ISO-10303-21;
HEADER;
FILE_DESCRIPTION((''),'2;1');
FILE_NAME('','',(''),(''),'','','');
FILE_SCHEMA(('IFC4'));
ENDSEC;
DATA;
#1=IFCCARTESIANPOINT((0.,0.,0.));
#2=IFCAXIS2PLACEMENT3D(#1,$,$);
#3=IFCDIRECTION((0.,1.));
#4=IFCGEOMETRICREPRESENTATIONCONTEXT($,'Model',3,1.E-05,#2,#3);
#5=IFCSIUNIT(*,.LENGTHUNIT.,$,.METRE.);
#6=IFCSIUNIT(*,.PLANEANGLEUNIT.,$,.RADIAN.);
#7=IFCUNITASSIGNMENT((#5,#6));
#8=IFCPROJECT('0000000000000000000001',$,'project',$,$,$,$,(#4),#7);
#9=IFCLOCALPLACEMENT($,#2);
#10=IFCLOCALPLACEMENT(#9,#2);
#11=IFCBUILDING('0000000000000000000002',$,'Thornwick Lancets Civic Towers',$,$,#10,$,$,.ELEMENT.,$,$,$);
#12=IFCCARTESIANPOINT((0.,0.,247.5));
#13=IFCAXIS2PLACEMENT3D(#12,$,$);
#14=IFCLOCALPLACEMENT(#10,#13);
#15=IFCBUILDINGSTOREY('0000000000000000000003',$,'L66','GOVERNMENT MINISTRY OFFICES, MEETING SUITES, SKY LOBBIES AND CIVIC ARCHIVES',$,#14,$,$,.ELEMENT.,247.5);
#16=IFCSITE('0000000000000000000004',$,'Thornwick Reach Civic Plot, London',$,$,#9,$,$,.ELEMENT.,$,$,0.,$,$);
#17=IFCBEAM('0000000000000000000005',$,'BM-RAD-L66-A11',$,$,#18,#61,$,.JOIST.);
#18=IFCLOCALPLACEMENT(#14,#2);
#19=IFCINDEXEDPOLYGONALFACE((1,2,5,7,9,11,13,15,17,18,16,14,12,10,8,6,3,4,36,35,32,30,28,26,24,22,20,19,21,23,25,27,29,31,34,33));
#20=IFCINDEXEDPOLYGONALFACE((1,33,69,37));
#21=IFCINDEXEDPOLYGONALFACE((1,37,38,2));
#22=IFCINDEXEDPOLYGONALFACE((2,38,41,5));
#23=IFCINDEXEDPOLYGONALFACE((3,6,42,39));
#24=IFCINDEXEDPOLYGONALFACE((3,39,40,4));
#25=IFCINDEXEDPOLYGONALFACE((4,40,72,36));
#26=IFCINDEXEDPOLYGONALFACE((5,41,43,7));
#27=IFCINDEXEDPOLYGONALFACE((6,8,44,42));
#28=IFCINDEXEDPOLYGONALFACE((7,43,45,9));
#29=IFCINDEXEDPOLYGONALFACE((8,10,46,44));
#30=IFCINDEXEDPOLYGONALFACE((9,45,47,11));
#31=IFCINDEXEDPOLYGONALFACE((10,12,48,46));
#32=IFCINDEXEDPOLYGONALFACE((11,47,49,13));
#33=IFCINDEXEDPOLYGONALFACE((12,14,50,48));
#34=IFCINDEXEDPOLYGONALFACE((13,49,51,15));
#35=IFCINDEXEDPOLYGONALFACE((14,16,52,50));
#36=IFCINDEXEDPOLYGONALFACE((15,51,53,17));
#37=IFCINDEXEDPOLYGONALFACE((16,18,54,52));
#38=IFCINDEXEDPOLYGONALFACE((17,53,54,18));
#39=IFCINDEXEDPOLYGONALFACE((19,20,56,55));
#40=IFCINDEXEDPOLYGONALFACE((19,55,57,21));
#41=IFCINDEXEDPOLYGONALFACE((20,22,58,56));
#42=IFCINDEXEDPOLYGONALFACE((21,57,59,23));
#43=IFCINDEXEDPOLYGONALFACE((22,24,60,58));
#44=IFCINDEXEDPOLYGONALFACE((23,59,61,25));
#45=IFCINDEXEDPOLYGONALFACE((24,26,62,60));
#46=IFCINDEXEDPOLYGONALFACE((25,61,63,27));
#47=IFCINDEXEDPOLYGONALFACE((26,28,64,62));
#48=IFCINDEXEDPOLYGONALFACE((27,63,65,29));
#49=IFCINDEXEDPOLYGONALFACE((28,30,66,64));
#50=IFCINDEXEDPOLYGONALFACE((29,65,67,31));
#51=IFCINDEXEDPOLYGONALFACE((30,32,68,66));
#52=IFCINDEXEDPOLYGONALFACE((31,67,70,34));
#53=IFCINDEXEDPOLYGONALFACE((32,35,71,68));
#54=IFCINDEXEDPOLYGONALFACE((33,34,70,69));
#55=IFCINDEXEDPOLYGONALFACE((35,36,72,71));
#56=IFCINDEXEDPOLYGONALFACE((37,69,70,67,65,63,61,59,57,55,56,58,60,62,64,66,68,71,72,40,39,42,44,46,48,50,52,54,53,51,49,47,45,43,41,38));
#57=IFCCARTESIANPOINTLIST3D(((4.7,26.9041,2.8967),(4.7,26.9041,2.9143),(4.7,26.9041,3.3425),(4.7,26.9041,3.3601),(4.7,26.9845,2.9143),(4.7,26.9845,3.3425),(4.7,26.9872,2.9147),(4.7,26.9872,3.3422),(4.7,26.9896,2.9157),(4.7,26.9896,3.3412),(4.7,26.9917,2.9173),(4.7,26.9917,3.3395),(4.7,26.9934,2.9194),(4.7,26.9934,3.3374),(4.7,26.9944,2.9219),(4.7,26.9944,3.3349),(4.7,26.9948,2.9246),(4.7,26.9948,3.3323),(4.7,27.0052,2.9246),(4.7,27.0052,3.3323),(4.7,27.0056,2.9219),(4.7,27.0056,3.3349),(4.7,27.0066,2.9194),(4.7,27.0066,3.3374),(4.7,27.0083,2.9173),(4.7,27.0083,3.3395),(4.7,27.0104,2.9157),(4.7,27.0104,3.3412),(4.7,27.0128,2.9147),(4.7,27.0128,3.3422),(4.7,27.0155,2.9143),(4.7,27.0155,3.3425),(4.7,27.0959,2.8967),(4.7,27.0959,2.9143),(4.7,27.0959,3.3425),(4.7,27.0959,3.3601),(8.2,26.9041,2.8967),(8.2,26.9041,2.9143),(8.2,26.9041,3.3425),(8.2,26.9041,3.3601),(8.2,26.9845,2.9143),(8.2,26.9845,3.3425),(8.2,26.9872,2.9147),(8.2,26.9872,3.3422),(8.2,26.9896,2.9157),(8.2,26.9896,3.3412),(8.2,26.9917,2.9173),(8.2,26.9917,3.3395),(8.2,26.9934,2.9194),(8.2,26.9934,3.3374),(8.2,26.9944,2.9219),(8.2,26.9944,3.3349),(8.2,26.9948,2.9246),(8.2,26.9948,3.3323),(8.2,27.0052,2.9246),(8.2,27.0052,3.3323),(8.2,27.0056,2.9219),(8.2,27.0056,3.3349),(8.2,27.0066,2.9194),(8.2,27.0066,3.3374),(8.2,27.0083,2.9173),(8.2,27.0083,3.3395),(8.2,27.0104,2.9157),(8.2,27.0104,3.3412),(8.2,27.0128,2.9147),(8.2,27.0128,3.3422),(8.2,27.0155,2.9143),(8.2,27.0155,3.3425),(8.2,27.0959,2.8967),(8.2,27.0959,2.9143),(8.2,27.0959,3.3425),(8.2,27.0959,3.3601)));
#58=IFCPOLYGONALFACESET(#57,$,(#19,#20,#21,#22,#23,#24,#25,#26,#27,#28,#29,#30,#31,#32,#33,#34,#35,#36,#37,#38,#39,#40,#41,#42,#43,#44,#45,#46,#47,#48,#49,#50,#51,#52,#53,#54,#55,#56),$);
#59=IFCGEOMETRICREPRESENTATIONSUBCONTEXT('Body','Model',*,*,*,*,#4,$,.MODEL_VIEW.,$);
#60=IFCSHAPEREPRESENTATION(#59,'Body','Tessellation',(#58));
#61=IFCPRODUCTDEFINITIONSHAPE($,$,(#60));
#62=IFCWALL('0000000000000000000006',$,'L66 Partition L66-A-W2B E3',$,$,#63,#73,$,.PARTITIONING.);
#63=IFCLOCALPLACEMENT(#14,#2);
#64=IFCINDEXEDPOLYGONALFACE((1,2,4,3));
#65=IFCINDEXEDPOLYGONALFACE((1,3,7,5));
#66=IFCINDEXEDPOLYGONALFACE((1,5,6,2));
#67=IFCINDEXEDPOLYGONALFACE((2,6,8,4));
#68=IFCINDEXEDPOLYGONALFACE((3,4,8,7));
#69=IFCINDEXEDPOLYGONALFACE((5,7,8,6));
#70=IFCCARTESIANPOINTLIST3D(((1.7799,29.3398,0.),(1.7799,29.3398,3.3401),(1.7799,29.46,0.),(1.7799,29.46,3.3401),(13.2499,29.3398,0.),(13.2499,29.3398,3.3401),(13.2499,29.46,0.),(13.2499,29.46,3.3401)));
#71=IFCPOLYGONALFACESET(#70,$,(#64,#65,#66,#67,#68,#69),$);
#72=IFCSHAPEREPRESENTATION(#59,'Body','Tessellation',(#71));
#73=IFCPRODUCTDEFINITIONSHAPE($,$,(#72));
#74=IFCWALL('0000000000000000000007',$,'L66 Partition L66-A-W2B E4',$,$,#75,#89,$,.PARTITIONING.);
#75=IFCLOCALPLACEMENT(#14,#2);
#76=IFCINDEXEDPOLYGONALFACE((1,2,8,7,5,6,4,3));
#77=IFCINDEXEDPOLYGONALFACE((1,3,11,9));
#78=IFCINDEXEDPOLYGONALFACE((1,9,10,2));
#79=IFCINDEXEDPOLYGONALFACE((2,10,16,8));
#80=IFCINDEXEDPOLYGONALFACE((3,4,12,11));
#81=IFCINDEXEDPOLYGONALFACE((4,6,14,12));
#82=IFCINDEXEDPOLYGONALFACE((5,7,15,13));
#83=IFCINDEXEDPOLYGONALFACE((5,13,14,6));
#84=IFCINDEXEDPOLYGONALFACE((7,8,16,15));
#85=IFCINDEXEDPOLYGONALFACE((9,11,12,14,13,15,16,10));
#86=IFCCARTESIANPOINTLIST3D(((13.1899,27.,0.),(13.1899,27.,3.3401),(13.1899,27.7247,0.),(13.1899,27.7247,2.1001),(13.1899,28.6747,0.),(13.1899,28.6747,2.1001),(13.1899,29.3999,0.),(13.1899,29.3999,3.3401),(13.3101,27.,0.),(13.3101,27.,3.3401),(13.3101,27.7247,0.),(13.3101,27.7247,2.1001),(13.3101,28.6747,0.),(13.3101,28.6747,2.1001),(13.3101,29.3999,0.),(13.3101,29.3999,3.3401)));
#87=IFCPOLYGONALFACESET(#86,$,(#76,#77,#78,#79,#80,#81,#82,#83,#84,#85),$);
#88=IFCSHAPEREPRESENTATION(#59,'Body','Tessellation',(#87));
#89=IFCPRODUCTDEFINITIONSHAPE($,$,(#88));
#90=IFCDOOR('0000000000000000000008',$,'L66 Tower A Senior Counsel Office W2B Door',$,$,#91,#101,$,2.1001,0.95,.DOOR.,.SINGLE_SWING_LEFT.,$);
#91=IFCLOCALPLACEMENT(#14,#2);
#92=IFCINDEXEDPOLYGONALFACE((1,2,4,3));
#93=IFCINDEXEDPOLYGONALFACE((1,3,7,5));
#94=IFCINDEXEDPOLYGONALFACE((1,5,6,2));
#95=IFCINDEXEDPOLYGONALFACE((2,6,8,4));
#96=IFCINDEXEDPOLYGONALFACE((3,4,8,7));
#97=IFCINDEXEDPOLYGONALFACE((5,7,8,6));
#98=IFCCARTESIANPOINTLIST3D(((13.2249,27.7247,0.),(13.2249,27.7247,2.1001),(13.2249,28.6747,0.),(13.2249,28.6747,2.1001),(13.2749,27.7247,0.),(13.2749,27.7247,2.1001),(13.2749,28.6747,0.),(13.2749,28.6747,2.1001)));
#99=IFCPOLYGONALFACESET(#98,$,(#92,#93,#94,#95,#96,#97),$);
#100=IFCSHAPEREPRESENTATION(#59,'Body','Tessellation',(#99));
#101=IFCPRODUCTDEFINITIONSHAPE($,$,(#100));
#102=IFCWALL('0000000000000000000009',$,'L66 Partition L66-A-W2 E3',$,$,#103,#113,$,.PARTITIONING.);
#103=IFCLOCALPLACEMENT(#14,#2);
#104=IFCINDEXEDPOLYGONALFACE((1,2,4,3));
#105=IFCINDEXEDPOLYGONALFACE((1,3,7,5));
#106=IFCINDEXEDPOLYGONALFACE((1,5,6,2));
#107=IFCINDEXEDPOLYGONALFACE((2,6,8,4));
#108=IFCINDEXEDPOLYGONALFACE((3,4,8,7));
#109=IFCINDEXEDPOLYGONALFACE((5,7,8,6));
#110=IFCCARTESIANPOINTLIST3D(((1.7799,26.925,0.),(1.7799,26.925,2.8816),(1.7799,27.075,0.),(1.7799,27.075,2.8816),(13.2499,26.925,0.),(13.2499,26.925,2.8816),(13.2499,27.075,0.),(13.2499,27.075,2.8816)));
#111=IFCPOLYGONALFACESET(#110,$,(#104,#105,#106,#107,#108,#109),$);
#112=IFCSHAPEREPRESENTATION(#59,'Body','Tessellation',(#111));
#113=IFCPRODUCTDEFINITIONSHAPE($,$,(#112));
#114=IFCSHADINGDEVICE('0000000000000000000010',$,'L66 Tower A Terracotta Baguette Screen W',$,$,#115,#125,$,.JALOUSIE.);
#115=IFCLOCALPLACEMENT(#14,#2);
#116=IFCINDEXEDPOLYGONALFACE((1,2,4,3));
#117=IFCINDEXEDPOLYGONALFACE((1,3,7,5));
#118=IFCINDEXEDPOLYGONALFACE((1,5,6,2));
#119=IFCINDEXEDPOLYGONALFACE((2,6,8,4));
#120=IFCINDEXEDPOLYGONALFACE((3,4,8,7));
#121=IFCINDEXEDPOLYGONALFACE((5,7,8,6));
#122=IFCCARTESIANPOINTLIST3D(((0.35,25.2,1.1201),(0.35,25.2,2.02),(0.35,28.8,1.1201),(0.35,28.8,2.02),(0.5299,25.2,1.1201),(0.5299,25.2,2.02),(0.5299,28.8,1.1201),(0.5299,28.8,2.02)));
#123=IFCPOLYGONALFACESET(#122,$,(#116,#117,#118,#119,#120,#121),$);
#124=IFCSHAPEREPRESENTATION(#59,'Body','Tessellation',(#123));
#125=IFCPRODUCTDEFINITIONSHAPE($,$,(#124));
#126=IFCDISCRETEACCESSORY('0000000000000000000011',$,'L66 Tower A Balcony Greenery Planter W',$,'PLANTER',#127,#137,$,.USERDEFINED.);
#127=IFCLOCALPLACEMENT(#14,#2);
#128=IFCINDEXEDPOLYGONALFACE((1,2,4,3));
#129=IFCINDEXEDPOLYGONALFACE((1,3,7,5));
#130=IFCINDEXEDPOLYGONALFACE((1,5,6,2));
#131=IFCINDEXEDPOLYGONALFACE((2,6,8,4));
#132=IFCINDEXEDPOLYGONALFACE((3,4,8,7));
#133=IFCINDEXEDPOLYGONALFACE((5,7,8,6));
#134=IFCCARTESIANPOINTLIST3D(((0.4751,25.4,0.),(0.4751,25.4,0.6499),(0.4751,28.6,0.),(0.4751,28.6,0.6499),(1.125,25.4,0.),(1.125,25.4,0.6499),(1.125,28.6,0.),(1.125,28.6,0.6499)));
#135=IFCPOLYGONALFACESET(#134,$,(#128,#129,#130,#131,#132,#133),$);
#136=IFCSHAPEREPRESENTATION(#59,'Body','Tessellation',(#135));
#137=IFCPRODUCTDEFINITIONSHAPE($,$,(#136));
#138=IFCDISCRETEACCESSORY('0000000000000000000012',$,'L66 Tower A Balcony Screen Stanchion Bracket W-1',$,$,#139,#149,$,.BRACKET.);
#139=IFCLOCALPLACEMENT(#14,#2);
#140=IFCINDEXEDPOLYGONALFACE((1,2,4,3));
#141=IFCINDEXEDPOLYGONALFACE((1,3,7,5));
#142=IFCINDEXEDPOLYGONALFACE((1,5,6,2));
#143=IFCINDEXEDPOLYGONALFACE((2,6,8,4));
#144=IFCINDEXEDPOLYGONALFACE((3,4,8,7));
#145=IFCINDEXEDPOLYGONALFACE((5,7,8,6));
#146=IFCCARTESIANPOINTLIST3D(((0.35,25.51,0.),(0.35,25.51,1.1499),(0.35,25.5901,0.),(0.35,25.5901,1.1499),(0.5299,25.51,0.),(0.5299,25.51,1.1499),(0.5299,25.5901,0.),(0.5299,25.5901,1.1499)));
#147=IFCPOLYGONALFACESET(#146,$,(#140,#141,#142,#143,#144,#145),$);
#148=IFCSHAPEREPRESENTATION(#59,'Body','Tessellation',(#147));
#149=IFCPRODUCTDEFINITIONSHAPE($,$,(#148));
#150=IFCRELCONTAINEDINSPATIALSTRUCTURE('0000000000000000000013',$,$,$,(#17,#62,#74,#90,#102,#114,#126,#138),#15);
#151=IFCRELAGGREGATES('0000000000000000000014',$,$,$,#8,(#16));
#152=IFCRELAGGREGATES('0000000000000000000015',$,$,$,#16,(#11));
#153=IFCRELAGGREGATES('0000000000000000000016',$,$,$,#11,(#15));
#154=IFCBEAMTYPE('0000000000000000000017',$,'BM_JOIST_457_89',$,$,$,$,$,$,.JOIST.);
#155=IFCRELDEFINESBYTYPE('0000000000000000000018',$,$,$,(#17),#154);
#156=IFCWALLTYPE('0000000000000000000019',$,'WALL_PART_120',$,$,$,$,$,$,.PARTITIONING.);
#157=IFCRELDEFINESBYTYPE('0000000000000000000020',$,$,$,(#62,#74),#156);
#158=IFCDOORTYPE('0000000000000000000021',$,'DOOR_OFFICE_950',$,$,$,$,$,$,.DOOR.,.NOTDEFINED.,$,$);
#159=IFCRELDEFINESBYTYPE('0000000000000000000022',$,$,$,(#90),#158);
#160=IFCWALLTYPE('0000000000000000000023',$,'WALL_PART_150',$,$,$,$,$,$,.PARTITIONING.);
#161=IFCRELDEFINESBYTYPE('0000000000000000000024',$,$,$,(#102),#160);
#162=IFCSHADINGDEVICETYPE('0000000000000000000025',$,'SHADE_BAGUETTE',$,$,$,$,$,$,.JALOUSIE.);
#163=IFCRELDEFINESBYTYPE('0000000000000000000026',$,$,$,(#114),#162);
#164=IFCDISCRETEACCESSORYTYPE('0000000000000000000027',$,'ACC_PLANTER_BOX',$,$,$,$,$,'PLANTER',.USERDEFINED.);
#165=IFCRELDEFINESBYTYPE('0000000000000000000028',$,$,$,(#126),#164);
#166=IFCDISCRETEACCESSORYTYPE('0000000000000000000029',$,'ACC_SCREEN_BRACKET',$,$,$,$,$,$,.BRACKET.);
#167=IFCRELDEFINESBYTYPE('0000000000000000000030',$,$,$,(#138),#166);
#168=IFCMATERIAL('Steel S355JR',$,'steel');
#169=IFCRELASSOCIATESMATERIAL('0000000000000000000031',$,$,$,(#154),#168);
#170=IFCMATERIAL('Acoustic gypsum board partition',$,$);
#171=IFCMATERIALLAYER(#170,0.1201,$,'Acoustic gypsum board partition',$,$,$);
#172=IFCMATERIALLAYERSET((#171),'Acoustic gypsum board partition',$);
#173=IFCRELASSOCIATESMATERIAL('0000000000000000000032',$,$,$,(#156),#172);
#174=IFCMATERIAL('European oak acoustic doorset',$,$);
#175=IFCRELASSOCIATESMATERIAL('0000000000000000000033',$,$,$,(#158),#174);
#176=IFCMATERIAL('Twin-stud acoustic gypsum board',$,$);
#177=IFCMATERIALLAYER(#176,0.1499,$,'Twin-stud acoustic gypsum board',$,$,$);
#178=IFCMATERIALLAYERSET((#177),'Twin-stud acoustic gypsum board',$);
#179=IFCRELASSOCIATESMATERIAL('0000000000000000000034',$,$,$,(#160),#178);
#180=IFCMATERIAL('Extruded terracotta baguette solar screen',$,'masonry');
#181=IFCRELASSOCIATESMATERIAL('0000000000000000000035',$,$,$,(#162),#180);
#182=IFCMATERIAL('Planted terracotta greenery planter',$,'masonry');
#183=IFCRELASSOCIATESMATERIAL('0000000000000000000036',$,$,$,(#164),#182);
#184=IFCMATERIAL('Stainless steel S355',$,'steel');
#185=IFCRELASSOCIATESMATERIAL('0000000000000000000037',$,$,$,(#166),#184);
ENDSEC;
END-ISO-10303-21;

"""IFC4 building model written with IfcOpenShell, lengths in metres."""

from ifc_helpers import new_model, si_unit, direction, frame, frame_2d, origin, origin_2d, place, context, subcontext, project, spatial, rectangle, i_section, extrude, material, layer, layer_set, material_profile, profile_set, type_object, element, fill, save


model = new_model("IFC4")

# Units and contexts
model_context = context("Model", 3, precision=1e-05, world=origin(), true_north=direction((0.0, 1.0)))
body_context = subcontext(model_context, "Body", "Model", "MODEL_VIEW")
ifc_project = project(units=[si_unit("LENGTHUNIT", "METRE"), si_unit("PLANEANGLEUNIT", "RADIAN")], contexts=[model_context])

# Site, building, storey
site_placement = place(None, origin())
site = spatial("IfcSite", under=ifc_project, at=site_placement, Name="Thornwick Reach Civic Plot, London", CompositionType="ELEMENT", RefElevation=0.0)
building_placement = place(site_placement, origin())
building = spatial("IfcBuilding", under=site, at=building_placement, Name="Thornwick Lancets Civic Towers", CompositionType="ELEMENT")
storey_placement = place(building_placement, frame((0.0, 0.0, 247.5)))
storey = spatial("IfcBuildingStorey", under=building, at=storey_placement, Name="L66", Description="GOVERNMENT MINISTRY OFFICES, MEETING SUITES, SKY LOBBIES AND CIVIC ARCHIVES", CompositionType="ELEMENT", Elevation=247.5)

# Shared definitions
ifc_material_1 = material(Name="Steel S355JR", Category="steel")

# Beam
ifc_material_profile_1 = material_profile(ifc_material_1, i_section(OverallWidth=0.1919, OverallDepth=0.4634, WebThickness=0.0105, FlangeThickness=0.0176, FilletRadius=0.0103, at=origin_2d()), Name="UKB 457x191x89")
ifc_profile_set_1 = profile_set([ifc_material_profile_1], Name="Steel S355JR")
beam_type_1 = type_object("IfcBeamType", Name="BM_JOIST_457_89", PredefinedType="JOIST", material=ifc_profile_set_1)
beam_1_placement = place(storey_placement, frame((8.2, 27.0, 3.1284), z_axis=(-1.0, 0.0, 0.0), x_axis=(0.0, -1.0, 0.0)))
element("IfcBeam", 1, at=beam_1_placement, inside=storey, type_object=beam_type_1, Name="BM-RAD-L66-A11", PredefinedType="JOIST", context=body_context, shape_type="SweptSolid", body=[
    extrude(i_section(OverallWidth=0.1919, OverallDepth=0.4634, WebThickness=0.0105, FlangeThickness=0.0176, FilletRadius=0.0103, at=origin_2d()), origin(), (0.0, 0.0, 1.0), 3.5),
])

# Wall
ifc_material_2 = material(Name="Acoustic gypsum board partition")
ifc_layer_1 = layer(ifc_material_2, 0.1201, Name="Acoustic gypsum board partition")
ifc_layer_set_1 = layer_set([ifc_layer_1], Name="Acoustic gypsum board partition")
wall_type_1 = type_object("IfcWallType", Name="WALL_PART_120", PredefinedType="PARTITIONING", material=ifc_layer_set_1)
wall_1_placement = place(storey_placement, frame((1.78, 29.3999, 0.0), z_axis=(0.0, 0.0, 1.0), x_axis=(1.0, 0.0, 0.0)))
element("IfcWall", 2, at=wall_1_placement, inside=storey, type_object=wall_type_1, Name="L66 Partition L66-A-W2B E3", PredefinedType="PARTITIONING", context=body_context, shape_type="SweptSolid", body=[
    extrude(rectangle(XDim=11.47, YDim=0.1201, at=frame_2d((5.7349, 0.0))), origin(), (0.0, 0.0, 1.0), 3.3401),
])

# Wall, opening, door
wall_2_placement = place(storey_placement, frame((13.25, 29.3999, 0.0), z_axis=(0.0, 0.0, 1.0), x_axis=(0.0, -1.0, 0.0)))
wall_2 = element("IfcWall", 3, at=wall_2_placement, inside=storey, type_object=wall_type_1, Name="L66 Partition L66-A-W2B E4", PredefinedType="PARTITIONING", context=body_context, shape_type="SweptSolid", body=[
    extrude(rectangle(XDim=2.3999, YDim=0.1201, at=frame_2d((1.2, 0.0))), origin(), (0.0, 0.0, 1.0), 3.3401),
])
opening_1_placement = place(wall_2_placement, frame((0.7251, 0.0, 0.0)))
opening_1 = element("IfcOpeningElement", 4, at=opening_1_placement, cuts=wall_2, PredefinedType="OPENING", context=body_context, shape_type="SweptSolid", body=[
    extrude(rectangle(XDim=0.95, YDim=2.1001, at=frame_2d((0.4751, 1.05))), frame((0.0, 0.0701, 0.0), z_axis=(0.0, -1.0, 0.0), x_axis=(1.0, 0.0, 0.0)), (0.0, 0.0, 1.0), 0.1401),
])
ifc_material_3 = material(Name="European oak acoustic doorset")
door_type_1 = type_object("IfcDoorType", Name="DOOR_OFFICE_950", OperationType="NOTDEFINED", PredefinedType="DOOR", material=ifc_material_3)
door_1_placement = place(opening_1_placement, origin())
door_1 = element("IfcDoor", 5, at=door_1_placement, inside=storey, type_object=door_type_1, Name="L66 Tower A Senior Counsel Office W2B Door", OperationType="SINGLE_SWING_LEFT", OverallHeight=2.1001, OverallWidth=0.95, PredefinedType="DOOR", context=body_context, shape_type="SweptSolid", body=[
    extrude(rectangle(XDim=0.95, YDim=2.1001, at=frame_2d((0.4751, 1.05))), frame((0.0, 0.0249, 0.0), z_axis=(0.0, -1.0, 0.0), x_axis=(1.0, 0.0, 0.0)), (0.0, 0.0, 1.0), 0.05),
])
fill(opening_1, door_1)

# Wall
ifc_material_4 = material(Name="Twin-stud acoustic gypsum board")
ifc_layer_2 = layer(ifc_material_4, 0.1499, Name="Twin-stud acoustic gypsum board")
ifc_layer_set_2 = layer_set([ifc_layer_2], Name="Twin-stud acoustic gypsum board")
wall_type_2 = type_object("IfcWallType", Name="WALL_PART_150", PredefinedType="PARTITIONING", material=ifc_layer_set_2)
wall_3_placement = place(storey_placement, frame((1.78, 27.0, 0.0), z_axis=(0.0, 0.0, 1.0), x_axis=(1.0, 0.0, 0.0)))
element("IfcWall", 6, at=wall_3_placement, inside=storey, type_object=wall_type_2, Name="L66 Partition L66-A-W2 E3", PredefinedType="PARTITIONING", context=body_context, shape_type="SweptSolid", body=[
    extrude(rectangle(XDim=11.47, YDim=0.1499, at=frame_2d((5.7349, 0.0))), origin(), (0.0, 0.0, 1.0), 2.8816),
])

# Shading device
ifc_material_5 = material(Name="Extruded terracotta baguette solar screen", Category="masonry")
shading_device_type = type_object("IfcShadingDeviceType", Name="SHADE_BAGUETTE", PredefinedType="JALOUSIE", material=ifc_material_5)
shading_device_placement = place(storey_placement, frame((0.4399, 27.0, 1.1201), z_axis=(0.0, 0.0, 1.0), x_axis=(0.0, 1.0, 0.0)))
element("IfcShadingDevice", 7, at=shading_device_placement, inside=storey, type_object=shading_device_type, Name="L66 Tower A Terracotta Baguette Screen W", PredefinedType="JALOUSIE", context=body_context, shape_type="SweptSolid", body=[
    extrude(rectangle(XDim=3.6001, YDim=0.1799, at=origin_2d()), origin(), (0.0, 0.0, 1.0), 0.8999),
])

# Discrete accessories
ifc_material_6 = material(Name="Planted terracotta greenery planter", Category="masonry")
discrete_accessory_type_1 = type_object("IfcDiscreteAccessoryType", Name="ACC_PLANTER_BOX", ElementType="PLANTER", PredefinedType="USERDEFINED", material=ifc_material_6)
discrete_accessory_1_placement = place(storey_placement, frame((0.8, 27.0, 0.0), z_axis=(0.0, 0.0, 1.0), x_axis=(1.0, 0.0, 0.0)))
element("IfcDiscreteAccessory", 8, at=discrete_accessory_1_placement, inside=storey, type_object=discrete_accessory_type_1, Name="L66 Tower A Balcony Greenery Planter W", ObjectType="PLANTER", PredefinedType="USERDEFINED", context=body_context, shape_type="SweptSolid", body=[
    extrude(rectangle(XDim=0.6499, YDim=3.2, at=origin_2d()), origin(), (0.0, 0.0, 1.0), 0.6499),
])
ifc_material_7 = material(Name="Stainless steel S355", Category="steel")
discrete_accessory_type_2 = type_object("IfcDiscreteAccessoryType", Name="ACC_SCREEN_BRACKET", PredefinedType="BRACKET", material=ifc_material_7)
discrete_accessory_2_placement = place(storey_placement, frame((0.4399, 25.55, 0.0), z_axis=(0.0, 0.0, 1.0), x_axis=(0.0, 1.0, 0.0)))
element("IfcDiscreteAccessory", 9, at=discrete_accessory_2_placement, inside=storey, type_object=discrete_accessory_type_2, Name="L66 Tower A Balcony Screen Stanchion Bracket W-1", PredefinedType="BRACKET", context=body_context, shape_type="SweptSolid", body=[
    extrude(rectangle(XDim=0.0801, YDim=0.1799, at=origin_2d()), origin(), (0.0, 0.0, 1.0), 1.1499),
])

save(model, "model.ifc")
